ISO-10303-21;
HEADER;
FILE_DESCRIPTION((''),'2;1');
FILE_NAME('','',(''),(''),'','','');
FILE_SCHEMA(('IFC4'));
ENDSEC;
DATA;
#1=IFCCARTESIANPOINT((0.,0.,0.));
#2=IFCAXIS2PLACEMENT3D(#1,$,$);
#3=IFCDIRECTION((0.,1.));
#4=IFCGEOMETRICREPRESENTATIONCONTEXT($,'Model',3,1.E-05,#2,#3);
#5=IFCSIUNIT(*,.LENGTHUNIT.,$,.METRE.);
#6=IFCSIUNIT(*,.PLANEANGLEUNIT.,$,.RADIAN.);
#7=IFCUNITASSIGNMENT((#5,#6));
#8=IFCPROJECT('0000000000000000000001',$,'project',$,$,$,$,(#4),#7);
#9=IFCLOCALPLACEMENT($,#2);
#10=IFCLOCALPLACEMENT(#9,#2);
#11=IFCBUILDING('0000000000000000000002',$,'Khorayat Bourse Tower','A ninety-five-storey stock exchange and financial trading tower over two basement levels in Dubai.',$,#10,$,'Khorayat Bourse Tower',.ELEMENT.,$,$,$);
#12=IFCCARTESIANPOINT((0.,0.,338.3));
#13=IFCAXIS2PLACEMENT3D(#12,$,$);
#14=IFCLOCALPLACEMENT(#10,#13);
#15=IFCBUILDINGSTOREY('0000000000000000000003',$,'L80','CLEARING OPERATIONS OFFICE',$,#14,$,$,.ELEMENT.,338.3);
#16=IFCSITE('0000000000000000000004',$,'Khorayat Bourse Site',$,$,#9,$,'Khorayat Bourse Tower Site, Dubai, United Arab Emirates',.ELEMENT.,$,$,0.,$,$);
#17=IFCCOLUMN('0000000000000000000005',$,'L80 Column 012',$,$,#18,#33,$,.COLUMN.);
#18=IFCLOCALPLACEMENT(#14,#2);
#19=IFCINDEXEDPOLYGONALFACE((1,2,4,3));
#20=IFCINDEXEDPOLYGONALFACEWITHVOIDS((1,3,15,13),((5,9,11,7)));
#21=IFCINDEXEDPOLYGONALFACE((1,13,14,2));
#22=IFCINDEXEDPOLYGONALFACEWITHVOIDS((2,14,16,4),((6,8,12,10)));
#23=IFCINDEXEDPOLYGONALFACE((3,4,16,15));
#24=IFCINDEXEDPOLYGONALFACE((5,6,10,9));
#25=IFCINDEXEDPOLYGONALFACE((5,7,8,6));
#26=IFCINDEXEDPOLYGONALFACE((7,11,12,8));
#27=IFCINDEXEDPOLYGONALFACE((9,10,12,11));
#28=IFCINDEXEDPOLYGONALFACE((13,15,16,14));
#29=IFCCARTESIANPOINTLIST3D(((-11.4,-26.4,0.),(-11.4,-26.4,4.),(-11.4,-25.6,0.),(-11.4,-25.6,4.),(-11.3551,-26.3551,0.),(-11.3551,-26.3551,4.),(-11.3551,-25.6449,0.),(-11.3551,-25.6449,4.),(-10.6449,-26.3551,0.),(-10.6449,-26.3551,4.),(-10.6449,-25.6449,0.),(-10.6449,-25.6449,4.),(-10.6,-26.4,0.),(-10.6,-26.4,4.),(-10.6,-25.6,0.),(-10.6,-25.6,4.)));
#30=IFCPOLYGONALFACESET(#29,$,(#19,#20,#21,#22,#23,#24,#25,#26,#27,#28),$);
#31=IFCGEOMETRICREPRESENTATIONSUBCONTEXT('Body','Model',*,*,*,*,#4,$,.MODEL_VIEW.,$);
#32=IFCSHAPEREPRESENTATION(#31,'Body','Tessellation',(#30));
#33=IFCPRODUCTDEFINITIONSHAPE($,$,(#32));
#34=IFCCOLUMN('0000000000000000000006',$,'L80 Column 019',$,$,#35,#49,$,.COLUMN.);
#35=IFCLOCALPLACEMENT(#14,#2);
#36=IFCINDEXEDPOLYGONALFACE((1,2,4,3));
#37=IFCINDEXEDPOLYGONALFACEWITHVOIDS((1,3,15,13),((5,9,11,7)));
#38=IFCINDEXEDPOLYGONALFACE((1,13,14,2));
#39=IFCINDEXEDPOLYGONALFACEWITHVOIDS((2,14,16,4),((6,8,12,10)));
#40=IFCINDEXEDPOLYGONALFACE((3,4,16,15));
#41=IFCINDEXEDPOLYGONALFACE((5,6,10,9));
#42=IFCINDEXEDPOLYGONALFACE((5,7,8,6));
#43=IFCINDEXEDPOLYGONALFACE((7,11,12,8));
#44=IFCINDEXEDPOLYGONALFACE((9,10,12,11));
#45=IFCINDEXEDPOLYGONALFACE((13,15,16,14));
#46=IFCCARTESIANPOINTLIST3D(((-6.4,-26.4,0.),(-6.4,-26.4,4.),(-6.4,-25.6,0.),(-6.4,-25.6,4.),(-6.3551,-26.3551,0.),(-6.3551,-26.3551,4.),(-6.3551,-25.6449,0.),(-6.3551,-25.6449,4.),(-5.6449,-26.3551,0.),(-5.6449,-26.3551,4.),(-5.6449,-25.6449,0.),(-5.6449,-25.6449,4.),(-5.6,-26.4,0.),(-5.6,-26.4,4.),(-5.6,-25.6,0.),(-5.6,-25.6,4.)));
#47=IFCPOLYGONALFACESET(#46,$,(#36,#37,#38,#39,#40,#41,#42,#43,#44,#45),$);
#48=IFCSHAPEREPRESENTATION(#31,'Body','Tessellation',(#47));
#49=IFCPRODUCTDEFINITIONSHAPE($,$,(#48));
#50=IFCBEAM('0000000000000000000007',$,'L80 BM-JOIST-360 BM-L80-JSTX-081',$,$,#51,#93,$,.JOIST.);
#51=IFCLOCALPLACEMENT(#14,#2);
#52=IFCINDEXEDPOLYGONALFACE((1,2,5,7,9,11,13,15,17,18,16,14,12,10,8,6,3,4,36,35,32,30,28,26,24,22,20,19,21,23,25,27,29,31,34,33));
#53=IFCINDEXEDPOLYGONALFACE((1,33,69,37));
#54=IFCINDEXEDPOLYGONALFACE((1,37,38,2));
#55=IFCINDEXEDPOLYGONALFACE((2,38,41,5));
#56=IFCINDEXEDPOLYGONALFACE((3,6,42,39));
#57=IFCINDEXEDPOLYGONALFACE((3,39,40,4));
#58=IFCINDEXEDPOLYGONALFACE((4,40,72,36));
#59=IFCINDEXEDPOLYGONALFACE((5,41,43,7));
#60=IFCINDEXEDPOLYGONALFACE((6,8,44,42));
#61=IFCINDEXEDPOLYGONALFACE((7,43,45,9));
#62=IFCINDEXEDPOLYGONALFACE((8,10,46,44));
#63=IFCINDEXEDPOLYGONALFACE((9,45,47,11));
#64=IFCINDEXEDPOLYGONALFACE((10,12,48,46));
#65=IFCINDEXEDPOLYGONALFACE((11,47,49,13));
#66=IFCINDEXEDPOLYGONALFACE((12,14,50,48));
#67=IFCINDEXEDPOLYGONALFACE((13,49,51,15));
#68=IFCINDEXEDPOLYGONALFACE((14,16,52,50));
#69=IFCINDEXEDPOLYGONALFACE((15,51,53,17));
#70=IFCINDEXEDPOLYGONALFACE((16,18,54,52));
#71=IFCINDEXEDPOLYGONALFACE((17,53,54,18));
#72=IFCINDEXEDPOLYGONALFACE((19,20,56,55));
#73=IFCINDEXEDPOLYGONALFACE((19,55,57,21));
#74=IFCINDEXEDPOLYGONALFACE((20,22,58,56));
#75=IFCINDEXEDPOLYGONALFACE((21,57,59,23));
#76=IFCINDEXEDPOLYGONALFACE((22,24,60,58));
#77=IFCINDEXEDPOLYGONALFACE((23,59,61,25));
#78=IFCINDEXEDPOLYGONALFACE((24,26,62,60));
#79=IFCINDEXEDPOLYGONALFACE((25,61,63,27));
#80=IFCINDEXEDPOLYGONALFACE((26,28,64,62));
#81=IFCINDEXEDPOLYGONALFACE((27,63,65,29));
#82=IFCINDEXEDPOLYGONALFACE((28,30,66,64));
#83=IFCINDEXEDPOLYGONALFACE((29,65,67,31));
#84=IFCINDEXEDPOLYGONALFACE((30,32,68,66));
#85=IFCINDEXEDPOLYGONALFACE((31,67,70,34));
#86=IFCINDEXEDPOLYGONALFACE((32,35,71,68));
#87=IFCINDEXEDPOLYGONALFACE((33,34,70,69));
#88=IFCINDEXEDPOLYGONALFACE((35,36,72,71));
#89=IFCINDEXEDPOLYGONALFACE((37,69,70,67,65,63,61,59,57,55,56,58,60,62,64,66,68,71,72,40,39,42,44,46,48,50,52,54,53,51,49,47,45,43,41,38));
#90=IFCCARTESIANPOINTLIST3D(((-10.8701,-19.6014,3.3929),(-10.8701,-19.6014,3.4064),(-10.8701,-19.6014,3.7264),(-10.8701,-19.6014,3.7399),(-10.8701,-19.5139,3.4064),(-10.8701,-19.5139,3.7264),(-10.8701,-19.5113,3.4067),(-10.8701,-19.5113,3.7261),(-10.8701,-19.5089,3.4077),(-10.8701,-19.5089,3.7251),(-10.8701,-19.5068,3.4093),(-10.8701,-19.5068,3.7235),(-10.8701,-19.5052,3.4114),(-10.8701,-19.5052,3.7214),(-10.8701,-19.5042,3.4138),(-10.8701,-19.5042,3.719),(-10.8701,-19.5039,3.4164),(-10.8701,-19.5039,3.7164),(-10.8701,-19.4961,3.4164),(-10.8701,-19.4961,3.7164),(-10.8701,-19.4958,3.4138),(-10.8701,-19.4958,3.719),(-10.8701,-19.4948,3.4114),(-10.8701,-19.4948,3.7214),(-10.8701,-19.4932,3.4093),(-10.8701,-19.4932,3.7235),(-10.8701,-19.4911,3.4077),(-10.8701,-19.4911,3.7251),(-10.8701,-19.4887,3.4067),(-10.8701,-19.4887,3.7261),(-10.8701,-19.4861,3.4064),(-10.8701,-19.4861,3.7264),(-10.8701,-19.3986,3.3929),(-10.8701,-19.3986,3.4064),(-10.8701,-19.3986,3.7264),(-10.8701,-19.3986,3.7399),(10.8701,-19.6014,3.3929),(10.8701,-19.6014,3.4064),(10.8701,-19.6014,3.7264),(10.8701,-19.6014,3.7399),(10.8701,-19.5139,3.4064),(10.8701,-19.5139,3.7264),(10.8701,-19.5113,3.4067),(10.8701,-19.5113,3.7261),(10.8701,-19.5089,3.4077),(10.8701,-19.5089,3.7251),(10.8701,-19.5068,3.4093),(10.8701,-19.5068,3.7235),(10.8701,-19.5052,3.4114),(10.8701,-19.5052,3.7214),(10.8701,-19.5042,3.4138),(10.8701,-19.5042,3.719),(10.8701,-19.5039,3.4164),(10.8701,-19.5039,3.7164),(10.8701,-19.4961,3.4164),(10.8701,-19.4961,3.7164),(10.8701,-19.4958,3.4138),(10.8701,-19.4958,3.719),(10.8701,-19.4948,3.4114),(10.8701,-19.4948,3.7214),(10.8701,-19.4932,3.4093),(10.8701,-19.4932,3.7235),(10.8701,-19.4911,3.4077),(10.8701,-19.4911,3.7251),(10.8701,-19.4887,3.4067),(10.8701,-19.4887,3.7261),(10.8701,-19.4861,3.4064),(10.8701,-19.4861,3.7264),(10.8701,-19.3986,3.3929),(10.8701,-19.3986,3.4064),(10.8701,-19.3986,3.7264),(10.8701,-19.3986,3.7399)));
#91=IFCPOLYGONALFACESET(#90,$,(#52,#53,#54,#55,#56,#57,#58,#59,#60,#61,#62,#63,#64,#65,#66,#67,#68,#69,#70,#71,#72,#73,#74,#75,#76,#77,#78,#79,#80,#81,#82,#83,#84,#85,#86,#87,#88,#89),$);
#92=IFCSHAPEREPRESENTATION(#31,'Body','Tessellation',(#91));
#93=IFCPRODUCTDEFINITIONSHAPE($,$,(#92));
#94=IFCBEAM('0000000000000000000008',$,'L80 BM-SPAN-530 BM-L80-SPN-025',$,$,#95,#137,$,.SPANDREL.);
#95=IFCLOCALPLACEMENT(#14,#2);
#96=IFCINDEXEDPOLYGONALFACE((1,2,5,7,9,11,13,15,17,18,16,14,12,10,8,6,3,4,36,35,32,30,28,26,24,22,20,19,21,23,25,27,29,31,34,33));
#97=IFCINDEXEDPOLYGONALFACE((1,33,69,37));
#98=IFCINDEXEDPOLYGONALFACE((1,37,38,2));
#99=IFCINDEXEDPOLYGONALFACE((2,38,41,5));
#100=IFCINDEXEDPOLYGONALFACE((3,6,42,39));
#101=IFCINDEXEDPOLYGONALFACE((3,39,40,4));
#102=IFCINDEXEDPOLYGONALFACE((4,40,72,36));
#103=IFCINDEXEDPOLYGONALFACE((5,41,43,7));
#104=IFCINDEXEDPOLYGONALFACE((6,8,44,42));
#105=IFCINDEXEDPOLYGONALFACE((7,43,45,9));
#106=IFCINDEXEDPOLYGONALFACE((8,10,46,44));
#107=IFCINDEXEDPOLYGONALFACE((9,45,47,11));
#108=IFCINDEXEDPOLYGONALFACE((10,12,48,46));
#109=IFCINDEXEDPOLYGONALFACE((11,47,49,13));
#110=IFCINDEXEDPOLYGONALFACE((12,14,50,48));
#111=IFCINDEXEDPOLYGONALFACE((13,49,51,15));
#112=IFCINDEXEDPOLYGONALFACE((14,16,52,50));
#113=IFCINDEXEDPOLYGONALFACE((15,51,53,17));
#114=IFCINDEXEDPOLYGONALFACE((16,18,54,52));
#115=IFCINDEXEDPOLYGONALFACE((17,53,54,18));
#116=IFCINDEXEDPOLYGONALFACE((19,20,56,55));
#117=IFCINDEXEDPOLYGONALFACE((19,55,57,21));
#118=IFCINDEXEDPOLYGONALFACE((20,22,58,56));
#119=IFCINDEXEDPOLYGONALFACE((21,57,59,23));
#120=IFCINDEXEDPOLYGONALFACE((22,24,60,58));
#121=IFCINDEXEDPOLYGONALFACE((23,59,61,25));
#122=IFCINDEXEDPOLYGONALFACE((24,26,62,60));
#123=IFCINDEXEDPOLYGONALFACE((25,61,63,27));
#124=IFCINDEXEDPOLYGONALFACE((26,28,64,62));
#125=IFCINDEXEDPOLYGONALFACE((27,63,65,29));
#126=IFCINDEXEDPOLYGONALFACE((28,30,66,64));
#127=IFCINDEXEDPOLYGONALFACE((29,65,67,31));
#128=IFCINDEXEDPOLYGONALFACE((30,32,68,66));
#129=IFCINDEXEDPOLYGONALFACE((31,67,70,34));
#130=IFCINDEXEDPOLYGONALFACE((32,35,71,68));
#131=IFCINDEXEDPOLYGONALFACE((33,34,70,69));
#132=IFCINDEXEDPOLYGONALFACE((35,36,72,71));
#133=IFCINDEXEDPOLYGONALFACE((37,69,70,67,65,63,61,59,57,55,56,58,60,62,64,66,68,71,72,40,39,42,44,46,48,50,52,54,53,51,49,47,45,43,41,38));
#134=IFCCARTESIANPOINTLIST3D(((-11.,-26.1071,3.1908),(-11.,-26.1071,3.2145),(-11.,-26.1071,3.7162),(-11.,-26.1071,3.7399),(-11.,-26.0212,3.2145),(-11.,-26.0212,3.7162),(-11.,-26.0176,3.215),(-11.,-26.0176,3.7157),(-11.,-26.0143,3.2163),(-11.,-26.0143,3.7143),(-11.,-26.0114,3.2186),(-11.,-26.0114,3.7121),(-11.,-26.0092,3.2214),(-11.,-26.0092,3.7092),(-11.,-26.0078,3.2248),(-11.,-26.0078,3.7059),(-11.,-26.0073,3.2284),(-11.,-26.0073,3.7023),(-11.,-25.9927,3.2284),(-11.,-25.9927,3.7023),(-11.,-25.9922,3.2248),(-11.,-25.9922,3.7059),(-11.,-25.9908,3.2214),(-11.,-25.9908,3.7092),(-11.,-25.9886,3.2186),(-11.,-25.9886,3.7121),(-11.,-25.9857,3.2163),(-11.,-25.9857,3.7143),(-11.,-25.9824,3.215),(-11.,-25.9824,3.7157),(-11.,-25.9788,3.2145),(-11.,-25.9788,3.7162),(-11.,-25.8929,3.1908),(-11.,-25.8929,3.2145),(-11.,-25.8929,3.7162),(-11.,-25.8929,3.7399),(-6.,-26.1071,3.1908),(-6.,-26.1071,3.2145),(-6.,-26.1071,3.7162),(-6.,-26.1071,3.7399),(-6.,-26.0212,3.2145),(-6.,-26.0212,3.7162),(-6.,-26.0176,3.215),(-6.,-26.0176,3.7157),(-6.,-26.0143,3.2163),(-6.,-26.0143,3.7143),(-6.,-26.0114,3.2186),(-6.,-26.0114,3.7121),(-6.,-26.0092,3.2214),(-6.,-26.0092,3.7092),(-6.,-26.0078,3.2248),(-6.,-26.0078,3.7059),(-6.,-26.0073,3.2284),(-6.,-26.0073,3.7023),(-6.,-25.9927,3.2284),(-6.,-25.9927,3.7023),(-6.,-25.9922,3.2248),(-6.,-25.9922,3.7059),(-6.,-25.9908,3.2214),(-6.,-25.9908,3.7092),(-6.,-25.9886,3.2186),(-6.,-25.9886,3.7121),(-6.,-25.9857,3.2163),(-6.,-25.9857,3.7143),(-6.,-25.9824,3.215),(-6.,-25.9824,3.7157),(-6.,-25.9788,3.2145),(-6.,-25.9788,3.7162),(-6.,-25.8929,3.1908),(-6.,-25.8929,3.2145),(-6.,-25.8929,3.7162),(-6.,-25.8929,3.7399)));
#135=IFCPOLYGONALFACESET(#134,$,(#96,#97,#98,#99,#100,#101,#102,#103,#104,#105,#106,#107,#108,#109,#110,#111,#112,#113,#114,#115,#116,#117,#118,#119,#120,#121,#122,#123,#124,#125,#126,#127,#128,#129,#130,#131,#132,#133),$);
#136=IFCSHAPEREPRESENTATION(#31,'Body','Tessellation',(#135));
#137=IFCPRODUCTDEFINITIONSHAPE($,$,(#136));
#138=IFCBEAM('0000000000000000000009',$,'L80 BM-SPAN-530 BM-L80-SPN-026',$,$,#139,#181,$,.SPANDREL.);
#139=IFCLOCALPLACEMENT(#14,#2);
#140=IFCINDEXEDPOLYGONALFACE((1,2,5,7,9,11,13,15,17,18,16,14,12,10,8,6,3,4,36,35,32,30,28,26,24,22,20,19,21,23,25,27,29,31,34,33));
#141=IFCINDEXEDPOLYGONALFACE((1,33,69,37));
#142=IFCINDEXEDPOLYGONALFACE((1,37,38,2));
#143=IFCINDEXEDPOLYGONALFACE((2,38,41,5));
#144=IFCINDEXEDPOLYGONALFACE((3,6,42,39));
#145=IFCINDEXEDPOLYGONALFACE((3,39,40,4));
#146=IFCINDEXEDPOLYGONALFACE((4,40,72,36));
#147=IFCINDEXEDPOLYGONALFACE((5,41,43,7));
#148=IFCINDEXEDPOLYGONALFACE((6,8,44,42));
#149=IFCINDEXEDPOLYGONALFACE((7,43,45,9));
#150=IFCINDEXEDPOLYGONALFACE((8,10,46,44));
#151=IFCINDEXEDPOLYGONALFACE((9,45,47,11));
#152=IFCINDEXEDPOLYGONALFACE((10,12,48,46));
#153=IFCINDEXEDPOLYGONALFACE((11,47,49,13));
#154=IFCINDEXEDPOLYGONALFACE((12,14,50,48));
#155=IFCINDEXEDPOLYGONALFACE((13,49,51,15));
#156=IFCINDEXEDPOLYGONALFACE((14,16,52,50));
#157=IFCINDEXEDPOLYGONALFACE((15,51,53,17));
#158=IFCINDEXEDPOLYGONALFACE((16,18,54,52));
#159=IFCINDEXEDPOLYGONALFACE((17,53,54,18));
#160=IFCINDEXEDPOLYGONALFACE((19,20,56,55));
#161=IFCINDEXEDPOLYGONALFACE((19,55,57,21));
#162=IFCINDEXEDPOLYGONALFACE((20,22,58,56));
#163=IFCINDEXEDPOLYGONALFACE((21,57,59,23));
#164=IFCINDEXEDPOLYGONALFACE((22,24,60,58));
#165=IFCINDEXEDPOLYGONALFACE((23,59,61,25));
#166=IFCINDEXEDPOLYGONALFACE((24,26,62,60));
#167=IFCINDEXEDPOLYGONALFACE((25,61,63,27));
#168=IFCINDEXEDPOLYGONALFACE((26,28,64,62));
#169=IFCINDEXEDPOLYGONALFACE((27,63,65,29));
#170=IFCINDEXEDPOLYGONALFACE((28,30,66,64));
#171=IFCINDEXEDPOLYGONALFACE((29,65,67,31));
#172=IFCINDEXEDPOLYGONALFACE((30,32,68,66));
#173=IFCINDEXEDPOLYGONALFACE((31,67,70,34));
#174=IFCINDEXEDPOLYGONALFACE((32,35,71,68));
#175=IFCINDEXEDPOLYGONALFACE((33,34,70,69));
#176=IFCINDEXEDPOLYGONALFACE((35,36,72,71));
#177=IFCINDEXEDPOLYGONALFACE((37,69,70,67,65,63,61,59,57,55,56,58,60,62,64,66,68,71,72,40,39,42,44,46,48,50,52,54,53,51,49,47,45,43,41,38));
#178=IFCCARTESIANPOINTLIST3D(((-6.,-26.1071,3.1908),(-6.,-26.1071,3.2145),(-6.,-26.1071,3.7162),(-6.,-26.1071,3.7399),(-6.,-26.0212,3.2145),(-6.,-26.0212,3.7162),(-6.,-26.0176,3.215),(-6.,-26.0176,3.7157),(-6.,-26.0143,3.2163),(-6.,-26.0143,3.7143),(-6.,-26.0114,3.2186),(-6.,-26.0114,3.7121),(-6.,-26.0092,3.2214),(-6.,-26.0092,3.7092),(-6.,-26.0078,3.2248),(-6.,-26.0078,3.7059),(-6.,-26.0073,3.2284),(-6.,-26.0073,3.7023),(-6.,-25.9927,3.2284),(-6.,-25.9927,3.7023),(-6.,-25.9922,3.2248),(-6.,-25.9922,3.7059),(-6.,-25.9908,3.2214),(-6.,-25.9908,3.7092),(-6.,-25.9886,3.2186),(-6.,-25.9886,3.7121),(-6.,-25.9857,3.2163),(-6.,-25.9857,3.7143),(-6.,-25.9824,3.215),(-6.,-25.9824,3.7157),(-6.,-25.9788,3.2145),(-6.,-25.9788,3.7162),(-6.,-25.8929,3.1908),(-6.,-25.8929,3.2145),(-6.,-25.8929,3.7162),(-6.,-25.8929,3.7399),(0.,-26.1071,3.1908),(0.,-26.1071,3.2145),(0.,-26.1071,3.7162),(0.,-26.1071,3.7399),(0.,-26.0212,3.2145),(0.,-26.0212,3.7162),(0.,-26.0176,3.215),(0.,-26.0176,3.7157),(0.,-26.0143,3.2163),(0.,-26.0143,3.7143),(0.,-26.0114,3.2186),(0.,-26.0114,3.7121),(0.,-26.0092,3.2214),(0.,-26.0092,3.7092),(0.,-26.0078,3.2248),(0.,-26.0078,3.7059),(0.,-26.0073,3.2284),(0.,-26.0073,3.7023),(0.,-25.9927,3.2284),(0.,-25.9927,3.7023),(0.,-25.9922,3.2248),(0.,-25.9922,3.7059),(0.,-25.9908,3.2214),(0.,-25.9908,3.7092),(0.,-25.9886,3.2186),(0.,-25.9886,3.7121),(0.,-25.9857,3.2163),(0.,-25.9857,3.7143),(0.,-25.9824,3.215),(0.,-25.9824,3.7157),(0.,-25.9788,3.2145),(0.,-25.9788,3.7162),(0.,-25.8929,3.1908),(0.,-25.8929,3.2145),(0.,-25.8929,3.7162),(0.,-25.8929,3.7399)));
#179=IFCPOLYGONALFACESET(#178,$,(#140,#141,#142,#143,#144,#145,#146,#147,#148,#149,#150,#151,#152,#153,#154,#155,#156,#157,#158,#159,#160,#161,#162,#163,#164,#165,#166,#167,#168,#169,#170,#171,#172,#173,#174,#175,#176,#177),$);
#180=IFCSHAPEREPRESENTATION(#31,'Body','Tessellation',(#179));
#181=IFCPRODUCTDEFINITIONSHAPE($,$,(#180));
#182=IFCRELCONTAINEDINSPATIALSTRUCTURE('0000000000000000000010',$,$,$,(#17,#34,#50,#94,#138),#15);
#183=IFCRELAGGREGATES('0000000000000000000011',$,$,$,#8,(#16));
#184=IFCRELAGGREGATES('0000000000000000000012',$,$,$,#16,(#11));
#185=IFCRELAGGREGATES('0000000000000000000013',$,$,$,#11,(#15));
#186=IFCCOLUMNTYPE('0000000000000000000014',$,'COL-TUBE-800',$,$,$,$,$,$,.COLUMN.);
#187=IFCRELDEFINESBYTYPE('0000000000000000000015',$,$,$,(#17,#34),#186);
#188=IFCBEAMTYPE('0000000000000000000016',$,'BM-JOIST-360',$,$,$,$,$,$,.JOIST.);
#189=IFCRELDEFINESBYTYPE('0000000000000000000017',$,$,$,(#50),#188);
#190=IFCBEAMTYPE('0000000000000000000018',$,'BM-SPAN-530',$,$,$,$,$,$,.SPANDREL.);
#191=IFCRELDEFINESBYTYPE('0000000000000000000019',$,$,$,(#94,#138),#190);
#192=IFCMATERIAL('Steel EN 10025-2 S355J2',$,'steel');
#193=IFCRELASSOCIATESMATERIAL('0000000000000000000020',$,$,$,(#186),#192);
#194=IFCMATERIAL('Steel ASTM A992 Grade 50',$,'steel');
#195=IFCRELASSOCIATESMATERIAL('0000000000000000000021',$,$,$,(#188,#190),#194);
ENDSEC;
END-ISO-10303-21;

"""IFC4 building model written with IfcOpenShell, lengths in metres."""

from ifc_helpers import new_model, si_unit, direction, frame, origin, origin_2d, place, context, subcontext, project, spatial, hollow_rectangle, i_section, extrude, source, transform, mapped, material, material_profile, profile_set, type_object, element, save


model = new_model("IFC4")

# Units and contexts
model_context = context("Model", 3, precision=1e-05, world=origin(), true_north=direction((0.0, 1.0)))
body_context = subcontext(model_context, "Body", "Model", "MODEL_VIEW")
ifc_project = project(units=[si_unit("LENGTHUNIT", "METRE"), si_unit("PLANEANGLEUNIT", "RADIAN")], contexts=[model_context])

# Site, building, storey
site_placement = place(None, origin())
site = spatial("IfcSite", under=ifc_project, at=site_placement, Name="Khorayat Bourse Site", LongName="Khorayat Bourse Tower Site, Dubai, United Arab Emirates", CompositionType="ELEMENT", RefElevation=0.0)
building_placement = place(site_placement, origin())
building = spatial("IfcBuilding", under=site, at=building_placement, Name="Khorayat Bourse Tower", Description="A ninety-five-storey stock exchange and financial trading tower over two basement levels in Dubai.", LongName="Khorayat Bourse Tower", CompositionType="ELEMENT")
storey_placement = place(building_placement, frame((0.0, 0.0, 338.3)))
storey = spatial("IfcBuildingStorey", under=building, at=storey_placement, Name="L80", Description="CLEARING OPERATIONS OFFICE", CompositionType="ELEMENT", Elevation=338.3)

# Columns
ifc_material_1 = material(Name="Steel EN 10025-2 S355J2", Category="steel")
ifc_material_profile_1 = material_profile(ifc_material_1, hollow_rectangle(XDim=0.8, YDim=0.8, WallThickness=0.0449, at=origin_2d()), Name="BOX 800x800x45")
ifc_profile_set_1 = profile_set([ifc_material_profile_1], Name="Steel EN 10025-2 S355J2")
column_type = type_object("IfcColumnType", Name="COL-TUBE-800", PredefinedType="COLUMN", material=ifc_profile_set_1)
shared_shape_1 = source(origin(), body_context, "Body", "SweptSolid", [
    extrude(hollow_rectangle(XDim=0.8, YDim=0.8, WallThickness=0.0449, at=origin_2d()), origin(), (0.0, 0.0, 1.0), 4.0),
])
for number, where, z_axis, x_axis, name in (
    (1, (-11.0, -26.0, 0.0), (0.0, 0.0, 1.0), (1.0, 0.0, 0.0), "L80 Column 012"),
    (2, (-6.0, -26.0, 0.0), (0.0, 0.0, 1.0), (1.0, 0.0, 0.0), "L80 Column 019"),
):
    element("IfcColumn", number, at=place(storey_placement, frame(where, z_axis=z_axis, x_axis=x_axis)), inside=storey, type_object=column_type, Name=name, PredefinedType="COLUMN", context=body_context, shape_type="MappedRepresentation", body=[
        mapped(shared_shape_1, transform((0.0, 0.0, 0.0), scale=1.0)),
    ])

# Beams
ifc_material_2 = material(Name="Steel ASTM A992 Grade 50", Category="steel")
ifc_material_profile_2 = material_profile(ifc_material_2, i_section(OverallWidth=0.2029, OverallDepth=0.3469, WebThickness=0.0078, FlangeThickness=0.0134, FilletRadius=0.01, at=origin_2d()), Name="W360X64")
ifc_profile_set_2 = profile_set([ifc_material_profile_2], Name="Steel ASTM A992 Grade 50")
beam_type_1 = type_object("IfcBeamType", Name="BM-JOIST-360", PredefinedType="JOIST", material=ifc_profile_set_2)
shared_shape_2 = source(origin(), body_context, "Body", "SweptSolid", [
    extrude(i_section(OverallWidth=0.2029, OverallDepth=0.3469, WebThickness=0.0078, FlangeThickness=0.0134, FilletRadius=0.01, at=origin_2d()), origin(), (0.0, 0.0, 1.0), 21.7402),
])
beam_1_placement = place(storey_placement, frame((-10.8701, -19.5, 3.5664), z_axis=(1.0, 0.0, 0.0), x_axis=(0.0, 1.0, 0.0)))
element("IfcBeam", 3, at=beam_1_placement, inside=storey, type_object=beam_type_1, Name="L80 BM-JOIST-360 BM-L80-JSTX-081", PredefinedType="JOIST", context=body_context, shape_type="MappedRepresentation", body=[
    mapped(shared_shape_2, transform((0.0, 0.0, 0.0), scale=1.0)),
])
ifc_material_profile_3 = material_profile(ifc_material_2, i_section(OverallWidth=0.2141, OverallDepth=0.5491, WebThickness=0.0146, FlangeThickness=0.0237, FilletRadius=0.0139, at=origin_2d()), Name="W530X138")
ifc_profile_set_3 = profile_set([ifc_material_profile_3], Name="Steel ASTM A992 Grade 50")
beam_type_2 = type_object("IfcBeamType", Name="BM-SPAN-530", PredefinedType="SPANDREL", material=ifc_profile_set_3)
shared_shape_3 = source(origin(), body_context, "Body", "SweptSolid", [
    extrude(i_section(OverallWidth=0.2141, OverallDepth=0.5491, WebThickness=0.0146, FlangeThickness=0.0237, FilletRadius=0.0139, at=origin_2d()), origin(), (0.0, 0.0, 1.0), 5.0),
])
beam_2_placement = place(storey_placement, frame((-11.0, -26.0, 3.4653), z_axis=(1.0, 0.0, 0.0), x_axis=(0.0, 1.0, 0.0)))
element("IfcBeam", 4, at=beam_2_placement, inside=storey, type_object=beam_type_2, Name="L80 BM-SPAN-530 BM-L80-SPN-025", PredefinedType="SPANDREL", context=body_context, shape_type="MappedRepresentation", body=[
    mapped(shared_shape_3, transform((0.0, 0.0, 0.0), scale=1.0)),
])
shared_shape_4 = source(origin(), body_context, "Body", "SweptSolid", [
    extrude(i_section(OverallWidth=0.2141, OverallDepth=0.5491, WebThickness=0.0146, FlangeThickness=0.0237, FilletRadius=0.0139, at=origin_2d()), origin(), (0.0, 0.0, 1.0), 6.0),
])
beam_3_placement = place(storey_placement, frame((-6.0, -26.0, 3.4653), z_axis=(1.0, 0.0, 0.0), x_axis=(0.0, 1.0, 0.0)))
element("IfcBeam", 5, at=beam_3_placement, inside=storey, type_object=beam_type_2, Name="L80 BM-SPAN-530 BM-L80-SPN-026", PredefinedType="SPANDREL", context=body_context, shape_type="MappedRepresentation", body=[
    mapped(shared_shape_4, transform((0.0, 0.0, 0.0), scale=1.0)),
])

save(model, "model.ifc")
